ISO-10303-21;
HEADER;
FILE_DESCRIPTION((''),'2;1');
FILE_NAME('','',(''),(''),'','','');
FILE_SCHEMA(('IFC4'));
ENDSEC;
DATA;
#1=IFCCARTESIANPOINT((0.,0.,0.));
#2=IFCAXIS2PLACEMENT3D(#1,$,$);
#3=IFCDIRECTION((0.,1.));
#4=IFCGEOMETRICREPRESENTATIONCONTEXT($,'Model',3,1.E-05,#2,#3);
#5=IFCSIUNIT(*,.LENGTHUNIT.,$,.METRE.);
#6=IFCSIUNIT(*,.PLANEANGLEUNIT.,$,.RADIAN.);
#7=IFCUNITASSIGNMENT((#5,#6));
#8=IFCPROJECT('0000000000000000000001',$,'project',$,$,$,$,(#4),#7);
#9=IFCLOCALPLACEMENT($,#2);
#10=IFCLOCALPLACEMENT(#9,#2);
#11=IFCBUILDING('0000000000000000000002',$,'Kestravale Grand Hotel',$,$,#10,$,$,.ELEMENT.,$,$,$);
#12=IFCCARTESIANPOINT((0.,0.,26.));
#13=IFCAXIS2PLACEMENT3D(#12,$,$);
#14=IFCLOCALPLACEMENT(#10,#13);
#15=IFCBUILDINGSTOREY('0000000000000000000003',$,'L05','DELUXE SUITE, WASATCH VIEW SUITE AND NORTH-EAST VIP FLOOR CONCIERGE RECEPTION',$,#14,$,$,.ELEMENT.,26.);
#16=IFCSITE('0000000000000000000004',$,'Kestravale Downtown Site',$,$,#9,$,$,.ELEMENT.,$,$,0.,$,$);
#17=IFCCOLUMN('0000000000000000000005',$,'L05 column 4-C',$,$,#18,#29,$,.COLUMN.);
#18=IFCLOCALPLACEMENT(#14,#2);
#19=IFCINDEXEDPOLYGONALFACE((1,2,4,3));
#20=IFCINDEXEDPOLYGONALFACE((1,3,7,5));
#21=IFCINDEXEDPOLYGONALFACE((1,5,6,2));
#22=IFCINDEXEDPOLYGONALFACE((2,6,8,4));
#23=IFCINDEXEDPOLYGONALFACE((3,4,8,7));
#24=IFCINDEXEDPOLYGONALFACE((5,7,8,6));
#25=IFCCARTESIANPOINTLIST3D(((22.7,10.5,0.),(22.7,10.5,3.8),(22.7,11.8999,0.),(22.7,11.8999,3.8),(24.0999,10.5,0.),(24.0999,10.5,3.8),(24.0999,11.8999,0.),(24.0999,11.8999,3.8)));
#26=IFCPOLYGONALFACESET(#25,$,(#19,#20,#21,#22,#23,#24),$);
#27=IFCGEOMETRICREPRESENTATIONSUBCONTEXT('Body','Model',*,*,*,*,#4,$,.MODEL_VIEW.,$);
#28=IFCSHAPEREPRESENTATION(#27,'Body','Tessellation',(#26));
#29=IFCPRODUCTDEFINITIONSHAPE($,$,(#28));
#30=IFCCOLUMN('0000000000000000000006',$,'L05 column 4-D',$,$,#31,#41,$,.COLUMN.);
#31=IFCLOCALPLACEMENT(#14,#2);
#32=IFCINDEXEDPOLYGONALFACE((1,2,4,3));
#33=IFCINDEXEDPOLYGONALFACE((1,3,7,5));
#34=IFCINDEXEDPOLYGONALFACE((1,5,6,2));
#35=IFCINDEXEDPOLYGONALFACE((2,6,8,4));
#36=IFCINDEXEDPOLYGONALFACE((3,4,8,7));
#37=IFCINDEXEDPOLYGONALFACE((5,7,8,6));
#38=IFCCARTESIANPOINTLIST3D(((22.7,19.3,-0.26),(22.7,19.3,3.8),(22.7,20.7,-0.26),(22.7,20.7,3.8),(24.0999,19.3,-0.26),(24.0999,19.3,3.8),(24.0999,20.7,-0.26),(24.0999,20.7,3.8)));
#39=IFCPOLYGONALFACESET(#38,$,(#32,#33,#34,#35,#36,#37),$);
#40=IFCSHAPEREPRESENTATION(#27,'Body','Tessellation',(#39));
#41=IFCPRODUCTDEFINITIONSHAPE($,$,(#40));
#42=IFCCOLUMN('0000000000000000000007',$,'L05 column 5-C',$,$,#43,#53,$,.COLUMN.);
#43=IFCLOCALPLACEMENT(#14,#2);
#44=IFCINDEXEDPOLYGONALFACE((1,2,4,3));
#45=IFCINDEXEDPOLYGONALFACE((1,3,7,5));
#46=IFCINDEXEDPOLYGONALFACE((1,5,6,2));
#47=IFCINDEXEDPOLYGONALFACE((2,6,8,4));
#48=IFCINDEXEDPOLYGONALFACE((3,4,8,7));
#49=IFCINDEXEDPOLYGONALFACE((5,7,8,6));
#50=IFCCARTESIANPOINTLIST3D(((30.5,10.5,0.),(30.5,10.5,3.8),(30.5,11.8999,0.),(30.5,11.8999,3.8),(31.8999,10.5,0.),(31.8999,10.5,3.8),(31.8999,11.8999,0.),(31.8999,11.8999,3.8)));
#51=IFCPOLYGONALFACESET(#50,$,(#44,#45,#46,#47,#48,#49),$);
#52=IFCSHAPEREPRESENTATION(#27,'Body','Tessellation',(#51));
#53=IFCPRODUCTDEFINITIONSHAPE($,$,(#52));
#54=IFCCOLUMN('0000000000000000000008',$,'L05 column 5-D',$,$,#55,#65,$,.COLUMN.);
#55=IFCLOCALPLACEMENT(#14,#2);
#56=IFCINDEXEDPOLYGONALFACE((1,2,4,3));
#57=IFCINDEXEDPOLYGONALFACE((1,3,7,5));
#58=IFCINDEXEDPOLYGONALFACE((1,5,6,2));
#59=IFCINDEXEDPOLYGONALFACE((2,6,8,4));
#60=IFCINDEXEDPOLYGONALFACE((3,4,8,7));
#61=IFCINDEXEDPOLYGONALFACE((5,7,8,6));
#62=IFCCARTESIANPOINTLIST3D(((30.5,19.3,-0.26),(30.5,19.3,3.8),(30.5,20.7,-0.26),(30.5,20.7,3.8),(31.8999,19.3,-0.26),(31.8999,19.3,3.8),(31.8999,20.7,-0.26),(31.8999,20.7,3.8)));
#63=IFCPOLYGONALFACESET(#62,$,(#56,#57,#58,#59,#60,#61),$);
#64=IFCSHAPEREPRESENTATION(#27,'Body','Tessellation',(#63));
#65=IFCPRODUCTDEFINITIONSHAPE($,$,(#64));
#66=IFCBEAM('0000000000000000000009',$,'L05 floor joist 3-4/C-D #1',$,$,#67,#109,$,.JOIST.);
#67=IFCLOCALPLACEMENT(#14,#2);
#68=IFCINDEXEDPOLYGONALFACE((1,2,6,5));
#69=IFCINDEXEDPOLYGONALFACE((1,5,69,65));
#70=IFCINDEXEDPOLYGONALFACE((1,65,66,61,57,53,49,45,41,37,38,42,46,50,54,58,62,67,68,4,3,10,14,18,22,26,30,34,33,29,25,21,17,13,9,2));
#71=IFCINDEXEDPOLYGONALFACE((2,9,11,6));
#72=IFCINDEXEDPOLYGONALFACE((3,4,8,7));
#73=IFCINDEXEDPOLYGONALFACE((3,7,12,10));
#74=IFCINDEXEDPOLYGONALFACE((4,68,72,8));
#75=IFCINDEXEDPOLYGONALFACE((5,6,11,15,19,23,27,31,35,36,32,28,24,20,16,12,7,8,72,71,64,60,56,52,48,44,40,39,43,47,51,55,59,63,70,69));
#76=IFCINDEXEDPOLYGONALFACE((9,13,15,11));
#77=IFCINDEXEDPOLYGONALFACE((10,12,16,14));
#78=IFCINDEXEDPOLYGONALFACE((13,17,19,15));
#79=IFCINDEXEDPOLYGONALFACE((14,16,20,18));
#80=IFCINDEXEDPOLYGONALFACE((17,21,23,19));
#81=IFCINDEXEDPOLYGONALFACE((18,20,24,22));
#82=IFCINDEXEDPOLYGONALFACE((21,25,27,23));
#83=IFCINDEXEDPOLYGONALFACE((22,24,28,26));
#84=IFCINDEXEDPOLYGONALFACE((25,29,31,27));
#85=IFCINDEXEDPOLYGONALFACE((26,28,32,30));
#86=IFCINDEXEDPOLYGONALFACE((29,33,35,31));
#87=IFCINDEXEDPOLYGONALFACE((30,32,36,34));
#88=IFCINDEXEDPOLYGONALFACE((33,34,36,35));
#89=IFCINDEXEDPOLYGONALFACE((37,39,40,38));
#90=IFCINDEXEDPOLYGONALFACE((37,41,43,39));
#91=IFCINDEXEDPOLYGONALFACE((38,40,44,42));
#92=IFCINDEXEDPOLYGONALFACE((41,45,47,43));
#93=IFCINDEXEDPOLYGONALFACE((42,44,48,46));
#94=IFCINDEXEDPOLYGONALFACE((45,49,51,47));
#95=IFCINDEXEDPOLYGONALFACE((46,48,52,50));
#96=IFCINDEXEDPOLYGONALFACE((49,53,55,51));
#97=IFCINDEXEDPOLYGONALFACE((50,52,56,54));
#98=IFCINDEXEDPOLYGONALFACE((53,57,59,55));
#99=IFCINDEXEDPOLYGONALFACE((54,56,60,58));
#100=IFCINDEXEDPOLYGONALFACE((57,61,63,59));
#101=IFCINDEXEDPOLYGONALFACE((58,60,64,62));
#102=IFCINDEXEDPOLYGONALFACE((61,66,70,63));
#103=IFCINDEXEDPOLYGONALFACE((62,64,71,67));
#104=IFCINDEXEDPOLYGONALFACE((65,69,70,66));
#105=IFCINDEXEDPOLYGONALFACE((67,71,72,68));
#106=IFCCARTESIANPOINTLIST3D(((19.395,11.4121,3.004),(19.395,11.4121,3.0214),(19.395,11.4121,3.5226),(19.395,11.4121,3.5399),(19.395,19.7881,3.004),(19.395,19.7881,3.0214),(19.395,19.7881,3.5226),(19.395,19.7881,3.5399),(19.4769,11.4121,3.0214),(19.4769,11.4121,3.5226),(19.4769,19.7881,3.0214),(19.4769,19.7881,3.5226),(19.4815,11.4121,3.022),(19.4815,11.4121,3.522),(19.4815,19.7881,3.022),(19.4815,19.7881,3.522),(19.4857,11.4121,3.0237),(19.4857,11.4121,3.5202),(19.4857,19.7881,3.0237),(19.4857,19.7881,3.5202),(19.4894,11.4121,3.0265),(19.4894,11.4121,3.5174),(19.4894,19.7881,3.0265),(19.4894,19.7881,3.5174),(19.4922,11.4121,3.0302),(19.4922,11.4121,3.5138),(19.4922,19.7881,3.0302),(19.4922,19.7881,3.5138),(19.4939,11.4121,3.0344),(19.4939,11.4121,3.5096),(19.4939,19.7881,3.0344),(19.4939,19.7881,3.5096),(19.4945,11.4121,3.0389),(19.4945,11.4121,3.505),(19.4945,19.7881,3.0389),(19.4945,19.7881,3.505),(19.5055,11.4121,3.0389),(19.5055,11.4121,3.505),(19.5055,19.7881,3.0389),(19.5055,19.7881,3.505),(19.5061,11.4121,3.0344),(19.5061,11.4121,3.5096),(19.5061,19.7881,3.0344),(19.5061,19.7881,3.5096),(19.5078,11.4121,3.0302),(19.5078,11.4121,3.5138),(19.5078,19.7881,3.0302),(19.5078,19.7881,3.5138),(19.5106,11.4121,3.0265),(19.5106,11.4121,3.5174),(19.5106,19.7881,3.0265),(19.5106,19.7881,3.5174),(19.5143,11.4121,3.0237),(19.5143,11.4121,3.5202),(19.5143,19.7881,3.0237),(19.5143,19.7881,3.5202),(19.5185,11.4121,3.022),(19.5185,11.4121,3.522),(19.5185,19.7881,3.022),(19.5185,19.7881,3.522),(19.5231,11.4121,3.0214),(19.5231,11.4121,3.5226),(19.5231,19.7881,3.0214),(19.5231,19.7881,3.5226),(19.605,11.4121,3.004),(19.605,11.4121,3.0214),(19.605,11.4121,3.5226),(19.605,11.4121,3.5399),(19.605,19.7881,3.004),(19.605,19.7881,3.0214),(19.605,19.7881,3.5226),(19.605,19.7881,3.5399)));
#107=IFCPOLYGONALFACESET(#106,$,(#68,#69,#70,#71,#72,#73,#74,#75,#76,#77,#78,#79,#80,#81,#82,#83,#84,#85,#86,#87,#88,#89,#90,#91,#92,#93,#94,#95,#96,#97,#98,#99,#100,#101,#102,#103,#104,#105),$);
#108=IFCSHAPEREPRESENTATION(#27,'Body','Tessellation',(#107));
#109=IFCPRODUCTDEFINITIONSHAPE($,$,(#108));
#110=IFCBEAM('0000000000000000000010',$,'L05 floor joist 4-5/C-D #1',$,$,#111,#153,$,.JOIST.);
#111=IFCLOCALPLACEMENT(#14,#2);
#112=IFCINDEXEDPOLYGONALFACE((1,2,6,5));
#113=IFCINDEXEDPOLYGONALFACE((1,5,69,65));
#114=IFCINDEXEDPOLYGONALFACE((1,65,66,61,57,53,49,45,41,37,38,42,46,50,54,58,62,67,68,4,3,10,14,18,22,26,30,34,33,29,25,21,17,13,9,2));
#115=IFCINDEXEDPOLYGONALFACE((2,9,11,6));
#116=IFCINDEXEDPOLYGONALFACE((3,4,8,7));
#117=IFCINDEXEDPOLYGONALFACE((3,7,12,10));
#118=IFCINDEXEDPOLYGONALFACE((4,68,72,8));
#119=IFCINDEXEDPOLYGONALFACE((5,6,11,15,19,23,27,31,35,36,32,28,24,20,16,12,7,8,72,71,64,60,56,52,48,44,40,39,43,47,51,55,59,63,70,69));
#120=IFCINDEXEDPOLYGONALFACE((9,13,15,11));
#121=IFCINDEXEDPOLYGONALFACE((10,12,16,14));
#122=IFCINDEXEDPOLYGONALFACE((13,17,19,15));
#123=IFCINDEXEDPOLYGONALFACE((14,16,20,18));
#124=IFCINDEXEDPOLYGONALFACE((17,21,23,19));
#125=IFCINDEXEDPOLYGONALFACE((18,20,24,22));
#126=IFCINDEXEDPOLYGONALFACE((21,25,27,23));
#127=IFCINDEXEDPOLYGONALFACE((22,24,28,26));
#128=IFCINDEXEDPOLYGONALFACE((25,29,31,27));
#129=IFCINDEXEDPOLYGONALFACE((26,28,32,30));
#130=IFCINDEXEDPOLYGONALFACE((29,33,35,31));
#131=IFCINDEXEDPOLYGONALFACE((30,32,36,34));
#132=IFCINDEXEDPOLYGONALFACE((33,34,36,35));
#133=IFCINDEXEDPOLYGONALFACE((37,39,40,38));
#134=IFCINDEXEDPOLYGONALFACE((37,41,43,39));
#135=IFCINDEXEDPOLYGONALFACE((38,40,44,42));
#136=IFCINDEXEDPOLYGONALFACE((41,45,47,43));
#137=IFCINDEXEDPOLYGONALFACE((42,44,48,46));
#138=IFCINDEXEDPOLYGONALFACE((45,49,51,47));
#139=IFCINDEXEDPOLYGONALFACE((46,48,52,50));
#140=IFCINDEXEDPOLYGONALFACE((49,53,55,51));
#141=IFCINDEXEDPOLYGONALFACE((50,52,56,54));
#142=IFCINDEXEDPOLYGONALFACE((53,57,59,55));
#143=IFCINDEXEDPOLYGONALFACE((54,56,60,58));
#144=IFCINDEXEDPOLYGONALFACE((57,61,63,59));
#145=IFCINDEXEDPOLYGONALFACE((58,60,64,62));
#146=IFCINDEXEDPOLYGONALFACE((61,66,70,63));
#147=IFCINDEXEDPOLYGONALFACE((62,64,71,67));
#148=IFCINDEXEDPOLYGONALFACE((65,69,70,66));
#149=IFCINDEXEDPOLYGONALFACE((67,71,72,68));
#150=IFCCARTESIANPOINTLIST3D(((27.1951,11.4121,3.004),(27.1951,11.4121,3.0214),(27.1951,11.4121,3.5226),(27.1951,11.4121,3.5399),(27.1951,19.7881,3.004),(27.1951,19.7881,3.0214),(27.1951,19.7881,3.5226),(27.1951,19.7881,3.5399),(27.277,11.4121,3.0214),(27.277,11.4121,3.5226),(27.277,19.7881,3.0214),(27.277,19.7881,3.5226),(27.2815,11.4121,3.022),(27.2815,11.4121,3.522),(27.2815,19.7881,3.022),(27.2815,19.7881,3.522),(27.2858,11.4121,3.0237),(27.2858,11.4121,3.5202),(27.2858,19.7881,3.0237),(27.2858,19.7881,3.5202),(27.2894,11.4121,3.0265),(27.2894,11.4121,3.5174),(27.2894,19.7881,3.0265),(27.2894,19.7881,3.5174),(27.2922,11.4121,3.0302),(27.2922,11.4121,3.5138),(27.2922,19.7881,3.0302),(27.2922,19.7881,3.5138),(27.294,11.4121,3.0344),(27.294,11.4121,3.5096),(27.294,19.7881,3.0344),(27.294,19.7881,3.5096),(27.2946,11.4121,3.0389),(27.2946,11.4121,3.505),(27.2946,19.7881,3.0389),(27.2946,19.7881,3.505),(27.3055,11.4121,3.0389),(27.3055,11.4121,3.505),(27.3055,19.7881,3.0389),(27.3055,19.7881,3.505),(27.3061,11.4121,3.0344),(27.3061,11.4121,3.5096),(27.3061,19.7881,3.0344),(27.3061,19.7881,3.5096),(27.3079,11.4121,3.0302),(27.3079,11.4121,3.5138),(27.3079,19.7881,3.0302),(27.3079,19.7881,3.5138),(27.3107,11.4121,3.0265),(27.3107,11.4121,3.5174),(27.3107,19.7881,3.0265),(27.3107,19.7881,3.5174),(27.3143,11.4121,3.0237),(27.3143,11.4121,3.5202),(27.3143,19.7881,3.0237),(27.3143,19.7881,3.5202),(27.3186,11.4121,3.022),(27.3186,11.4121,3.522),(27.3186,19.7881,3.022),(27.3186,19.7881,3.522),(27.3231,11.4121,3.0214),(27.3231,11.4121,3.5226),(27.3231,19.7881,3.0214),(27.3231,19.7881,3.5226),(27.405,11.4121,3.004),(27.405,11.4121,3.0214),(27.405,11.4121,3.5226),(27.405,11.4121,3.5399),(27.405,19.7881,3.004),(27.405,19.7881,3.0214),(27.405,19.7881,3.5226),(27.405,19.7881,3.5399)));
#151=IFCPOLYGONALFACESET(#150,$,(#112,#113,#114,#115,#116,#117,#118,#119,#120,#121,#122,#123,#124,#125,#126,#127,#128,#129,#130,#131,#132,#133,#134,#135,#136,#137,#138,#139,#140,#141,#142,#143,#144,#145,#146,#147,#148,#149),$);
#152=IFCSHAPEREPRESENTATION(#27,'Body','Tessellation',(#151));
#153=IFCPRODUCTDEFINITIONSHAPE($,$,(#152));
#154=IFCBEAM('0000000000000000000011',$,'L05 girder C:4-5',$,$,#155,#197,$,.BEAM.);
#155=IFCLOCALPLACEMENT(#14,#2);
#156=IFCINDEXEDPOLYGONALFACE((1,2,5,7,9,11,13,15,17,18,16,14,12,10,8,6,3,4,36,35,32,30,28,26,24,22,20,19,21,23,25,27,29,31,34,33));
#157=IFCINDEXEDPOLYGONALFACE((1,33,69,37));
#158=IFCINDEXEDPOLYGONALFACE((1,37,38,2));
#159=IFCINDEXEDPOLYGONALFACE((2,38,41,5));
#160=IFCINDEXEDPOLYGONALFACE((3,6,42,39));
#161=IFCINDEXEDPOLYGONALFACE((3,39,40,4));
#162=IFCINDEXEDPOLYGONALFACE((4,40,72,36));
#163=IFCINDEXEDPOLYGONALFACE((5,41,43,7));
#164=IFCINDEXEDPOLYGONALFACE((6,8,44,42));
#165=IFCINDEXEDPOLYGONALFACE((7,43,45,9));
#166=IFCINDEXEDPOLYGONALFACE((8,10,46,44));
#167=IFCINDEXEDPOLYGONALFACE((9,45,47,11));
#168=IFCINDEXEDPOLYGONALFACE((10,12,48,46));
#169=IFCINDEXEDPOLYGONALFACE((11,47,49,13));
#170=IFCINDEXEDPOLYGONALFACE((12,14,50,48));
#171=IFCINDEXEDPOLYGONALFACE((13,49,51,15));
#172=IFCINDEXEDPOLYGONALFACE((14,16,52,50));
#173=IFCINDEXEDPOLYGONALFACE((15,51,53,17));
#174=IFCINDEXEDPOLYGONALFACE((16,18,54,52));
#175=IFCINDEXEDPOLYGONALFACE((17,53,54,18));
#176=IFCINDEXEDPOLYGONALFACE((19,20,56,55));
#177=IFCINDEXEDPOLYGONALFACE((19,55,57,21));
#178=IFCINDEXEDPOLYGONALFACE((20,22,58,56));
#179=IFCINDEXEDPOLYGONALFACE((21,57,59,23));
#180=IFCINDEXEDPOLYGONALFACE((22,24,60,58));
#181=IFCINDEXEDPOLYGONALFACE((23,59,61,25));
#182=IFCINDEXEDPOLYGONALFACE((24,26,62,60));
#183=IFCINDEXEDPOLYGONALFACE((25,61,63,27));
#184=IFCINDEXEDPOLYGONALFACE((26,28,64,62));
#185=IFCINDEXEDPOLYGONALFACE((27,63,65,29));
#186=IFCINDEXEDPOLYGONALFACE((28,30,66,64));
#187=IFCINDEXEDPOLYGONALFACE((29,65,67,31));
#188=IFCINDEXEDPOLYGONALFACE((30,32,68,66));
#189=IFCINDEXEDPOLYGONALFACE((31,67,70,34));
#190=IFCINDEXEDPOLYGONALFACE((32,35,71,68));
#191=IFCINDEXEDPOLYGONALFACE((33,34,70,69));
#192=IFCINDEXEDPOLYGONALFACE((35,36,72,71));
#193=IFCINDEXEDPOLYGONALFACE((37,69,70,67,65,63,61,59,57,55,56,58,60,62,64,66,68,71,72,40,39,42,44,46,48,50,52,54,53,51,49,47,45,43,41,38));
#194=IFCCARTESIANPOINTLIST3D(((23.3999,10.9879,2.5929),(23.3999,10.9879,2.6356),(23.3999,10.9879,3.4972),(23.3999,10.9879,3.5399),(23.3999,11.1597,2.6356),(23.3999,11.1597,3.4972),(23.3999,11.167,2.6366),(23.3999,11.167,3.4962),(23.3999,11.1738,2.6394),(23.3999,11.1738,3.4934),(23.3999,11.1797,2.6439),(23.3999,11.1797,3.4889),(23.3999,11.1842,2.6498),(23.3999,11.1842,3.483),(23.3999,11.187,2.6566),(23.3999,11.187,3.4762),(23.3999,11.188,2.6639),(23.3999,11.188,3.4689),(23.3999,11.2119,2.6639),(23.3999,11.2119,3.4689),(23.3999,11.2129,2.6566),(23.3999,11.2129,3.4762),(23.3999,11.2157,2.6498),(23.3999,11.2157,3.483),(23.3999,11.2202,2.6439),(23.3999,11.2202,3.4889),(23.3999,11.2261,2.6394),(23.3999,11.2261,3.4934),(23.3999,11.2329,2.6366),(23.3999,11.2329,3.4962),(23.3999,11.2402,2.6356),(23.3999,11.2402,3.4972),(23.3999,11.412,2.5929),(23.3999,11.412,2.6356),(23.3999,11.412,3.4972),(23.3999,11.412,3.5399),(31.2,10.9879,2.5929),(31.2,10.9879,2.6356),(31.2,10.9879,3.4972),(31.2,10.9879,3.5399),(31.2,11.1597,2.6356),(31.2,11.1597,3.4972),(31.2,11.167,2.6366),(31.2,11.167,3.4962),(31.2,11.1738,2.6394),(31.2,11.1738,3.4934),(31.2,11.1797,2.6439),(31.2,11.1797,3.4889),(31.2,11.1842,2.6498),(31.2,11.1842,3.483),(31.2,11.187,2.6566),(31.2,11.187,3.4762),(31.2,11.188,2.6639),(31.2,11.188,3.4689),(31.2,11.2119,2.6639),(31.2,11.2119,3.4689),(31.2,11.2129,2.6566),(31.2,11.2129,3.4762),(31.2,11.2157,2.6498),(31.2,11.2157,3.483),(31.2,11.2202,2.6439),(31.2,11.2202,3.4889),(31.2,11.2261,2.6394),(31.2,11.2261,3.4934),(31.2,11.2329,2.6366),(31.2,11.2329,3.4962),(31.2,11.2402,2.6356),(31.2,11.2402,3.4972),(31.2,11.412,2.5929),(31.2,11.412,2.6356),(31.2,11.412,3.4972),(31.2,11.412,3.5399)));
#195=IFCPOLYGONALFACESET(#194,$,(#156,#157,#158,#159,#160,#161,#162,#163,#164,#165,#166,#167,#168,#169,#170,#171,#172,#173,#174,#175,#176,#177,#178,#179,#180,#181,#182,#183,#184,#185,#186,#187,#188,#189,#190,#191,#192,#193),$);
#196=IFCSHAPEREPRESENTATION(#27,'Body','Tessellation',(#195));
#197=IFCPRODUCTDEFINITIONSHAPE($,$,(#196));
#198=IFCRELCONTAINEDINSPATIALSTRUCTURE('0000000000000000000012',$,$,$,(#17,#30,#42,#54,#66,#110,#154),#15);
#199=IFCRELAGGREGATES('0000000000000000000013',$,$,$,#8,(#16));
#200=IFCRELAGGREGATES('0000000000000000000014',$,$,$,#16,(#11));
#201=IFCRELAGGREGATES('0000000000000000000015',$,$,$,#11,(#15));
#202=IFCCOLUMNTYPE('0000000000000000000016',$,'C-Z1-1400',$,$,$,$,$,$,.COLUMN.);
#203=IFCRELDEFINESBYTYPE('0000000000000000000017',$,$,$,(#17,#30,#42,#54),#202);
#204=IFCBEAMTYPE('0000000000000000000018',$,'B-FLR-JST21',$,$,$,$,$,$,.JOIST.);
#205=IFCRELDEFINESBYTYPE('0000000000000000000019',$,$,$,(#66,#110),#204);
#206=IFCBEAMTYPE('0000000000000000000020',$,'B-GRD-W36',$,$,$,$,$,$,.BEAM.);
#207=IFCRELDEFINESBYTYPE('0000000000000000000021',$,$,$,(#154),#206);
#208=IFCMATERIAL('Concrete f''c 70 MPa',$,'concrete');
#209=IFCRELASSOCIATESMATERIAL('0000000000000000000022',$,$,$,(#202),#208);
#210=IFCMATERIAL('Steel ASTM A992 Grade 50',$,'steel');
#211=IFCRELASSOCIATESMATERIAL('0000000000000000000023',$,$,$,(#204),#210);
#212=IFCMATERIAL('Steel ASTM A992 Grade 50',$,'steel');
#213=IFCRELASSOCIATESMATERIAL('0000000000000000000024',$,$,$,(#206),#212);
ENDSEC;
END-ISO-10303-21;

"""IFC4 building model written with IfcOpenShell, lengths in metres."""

from ifc_helpers import new_model, si_unit, direction, frame, origin, origin_2d, place, context, subcontext, project, spatial, rectangle, i_section, extrude, material, material_profile, profile_set, type_object, element, save


model = new_model("IFC4")

# Units and contexts
model_context = context("Model", 3, precision=1e-05, world=origin(), true_north=direction((0.0, 1.0)))
body_context = subcontext(model_context, "Body", "Model", "MODEL_VIEW")
ifc_project = project(units=[si_unit("LENGTHUNIT", "METRE"), si_unit("PLANEANGLEUNIT", "RADIAN")], contexts=[model_context])

# Site, building, storey
site_placement = place(None, origin())
site = spatial("IfcSite", under=ifc_project, at=site_placement, Name="Kestravale Downtown Site", CompositionType="ELEMENT", RefElevation=0.0)
building_placement = place(site_placement, origin())
building = spatial("IfcBuilding", under=site, at=building_placement, Name="Kestravale Grand Hotel", CompositionType="ELEMENT")
storey_placement = place(building_placement, frame((0.0, 0.0, 26.0)))
storey = spatial("IfcBuildingStorey", under=building, at=storey_placement, Name="L05", Description="DELUXE SUITE, WASATCH VIEW SUITE AND NORTH-EAST VIP FLOOR CONCIERGE RECEPTION", CompositionType="ELEMENT", Elevation=26.0)

# Columns
ifc_material_1 = material(Name="Concrete f'c 70 MPa", Category="concrete")
ifc_material_profile_1 = material_profile(ifc_material_1, rectangle(XDim=1.3999, YDim=1.3999, at=origin_2d()))
ifc_profile_set_1 = profile_set([ifc_material_profile_1], Name="Concrete f'c 70 MPa")
column_type = type_object("IfcColumnType", Name="C-Z1-1400", PredefinedType="COLUMN", material=ifc_profile_set_1)
column_1_placement = place(storey_placement, frame((23.3999, 11.2, 0.0), z_axis=(0.0, 0.0, 1.0), x_axis=(1.0, 0.0, 0.0)))
element("IfcColumn", 1, at=column_1_placement, inside=storey, type_object=column_type, Name="L05 column 4-C", PredefinedType="COLUMN", context=body_context, shape_type="SweptSolid", body=[
    extrude(rectangle(XDim=1.3999, YDim=1.3999, at=origin_2d()), origin(), (0.0, 0.0, 1.0), 3.8),
])
column_2_placement = place(storey_placement, frame((23.3999, 20.0, -0.26), z_axis=(0.0, 0.0, 1.0), x_axis=(1.0, 0.0, 0.0)))
element("IfcColumn", 2, at=column_2_placement, inside=storey, type_object=column_type, Name="L05 column 4-D", PredefinedType="COLUMN", context=body_context, shape_type="SweptSolid", body=[
    extrude(rectangle(XDim=1.3999, YDim=1.3999, at=origin_2d()), origin(), (0.0, 0.0, 1.0), 4.0601),
])
column_3_placement = place(storey_placement, frame((31.2, 11.2, 0.0), z_axis=(0.0, 0.0, 1.0), x_axis=(1.0, 0.0, 0.0)))
element("IfcColumn", 3, at=column_3_placement, inside=storey, type_object=column_type, Name="L05 column 5-C", PredefinedType="COLUMN", context=body_context, shape_type="SweptSolid", body=[
    extrude(rectangle(XDim=1.3999, YDim=1.3999, at=origin_2d()), origin(), (0.0, 0.0, 1.0), 3.8),
])
column_4_placement = place(storey_placement, frame((31.2, 20.0, -0.26), z_axis=(0.0, 0.0, 1.0), x_axis=(1.0, 0.0, 0.0)))
element("IfcColumn", 4, at=column_4_placement, inside=storey, type_object=column_type, Name="L05 column 5-D", PredefinedType="COLUMN", context=body_context, shape_type="SweptSolid", body=[
    extrude(rectangle(XDim=1.3999, YDim=1.3999, at=origin_2d()), origin(), (0.0, 0.0, 1.0), 4.0601),
])

# Beams
ifc_material_2 = material(Name="Steel ASTM A992 Grade 50", Category="steel")
ifc_material_profile_2 = material_profile(ifc_material_2, i_section(OverallWidth=0.21, OverallDepth=0.5359, WebThickness=0.011, FlangeThickness=0.0173, FilletRadius=0.0176, at=origin_2d()))
ifc_profile_set_2 = profile_set([ifc_material_profile_2], Name="Steel ASTM A992 Grade 50")
beam_type_1 = type_object("IfcBeamType", Name="B-FLR-JST21", PredefinedType="JOIST", material=ifc_profile_set_2)
for number, where, z_axis, x_axis, name in (
    (5, (19.5, 11.4121, 3.272), (0.0, 1.0, 0.0), (-1.0, 0.0, 0.0), "L05 floor joist 3-4/C-D #1"),
    (6, (27.3, 11.4121, 3.272), (0.0, 1.0, 0.0), (-1.0, 0.0, 0.0), "L05 floor joist 4-5/C-D #1"),
):
    element("IfcBeam", number, at=place(storey_placement, frame(where, z_axis=z_axis, x_axis=x_axis)), inside=storey, type_object=beam_type_1, Name=name, PredefinedType="JOIST", context=body_context, shape_type="SweptSolid", body=[
        extrude(i_section(OverallWidth=0.21, OverallDepth=0.5359, WebThickness=0.011, FlangeThickness=0.0173, FilletRadius=0.0176, at=origin_2d()), origin(), (0.0, 0.0, 1.0), 8.376),
    ])
ifc_material_3 = material(Name="Steel ASTM A992 Grade 50", Category="steel")
ifc_material_profile_3 = material_profile(ifc_material_3, i_section(OverallWidth=0.4241, OverallDepth=0.947, WebThickness=0.0239, FlangeThickness=0.0427, FilletRadius=0.0283, at=origin_2d()))
ifc_profile_set_3 = profile_set([ifc_material_profile_3], Name="Steel ASTM A992 Grade 50")
beam_type_2 = type_object("IfcBeamType", Name="B-GRD-W36", PredefinedType="BEAM", material=ifc_profile_set_3)
for number, where, z_axis, x_axis, name in (
    (7, (23.3999, 11.2, 3.0664), (1.0, 0.0, 0.0), (0.0, 1.0, 0.0), "L05 girder C:4-5"),
):
    element("IfcBeam", number, at=place(storey_placement, frame(where, z_axis=z_axis, x_axis=x_axis)), inside=storey, type_object=beam_type_2, Name=name, PredefinedType="BEAM", context=body_context, shape_type="SweptSolid", body=[
        extrude(i_section(OverallWidth=0.4241, OverallDepth=0.947, WebThickness=0.0239, FlangeThickness=0.0427, FilletRadius=0.0283, at=origin_2d()), origin(), (0.0, 0.0, 1.0), 7.8),
    ])

save(model, "model.ifc")
